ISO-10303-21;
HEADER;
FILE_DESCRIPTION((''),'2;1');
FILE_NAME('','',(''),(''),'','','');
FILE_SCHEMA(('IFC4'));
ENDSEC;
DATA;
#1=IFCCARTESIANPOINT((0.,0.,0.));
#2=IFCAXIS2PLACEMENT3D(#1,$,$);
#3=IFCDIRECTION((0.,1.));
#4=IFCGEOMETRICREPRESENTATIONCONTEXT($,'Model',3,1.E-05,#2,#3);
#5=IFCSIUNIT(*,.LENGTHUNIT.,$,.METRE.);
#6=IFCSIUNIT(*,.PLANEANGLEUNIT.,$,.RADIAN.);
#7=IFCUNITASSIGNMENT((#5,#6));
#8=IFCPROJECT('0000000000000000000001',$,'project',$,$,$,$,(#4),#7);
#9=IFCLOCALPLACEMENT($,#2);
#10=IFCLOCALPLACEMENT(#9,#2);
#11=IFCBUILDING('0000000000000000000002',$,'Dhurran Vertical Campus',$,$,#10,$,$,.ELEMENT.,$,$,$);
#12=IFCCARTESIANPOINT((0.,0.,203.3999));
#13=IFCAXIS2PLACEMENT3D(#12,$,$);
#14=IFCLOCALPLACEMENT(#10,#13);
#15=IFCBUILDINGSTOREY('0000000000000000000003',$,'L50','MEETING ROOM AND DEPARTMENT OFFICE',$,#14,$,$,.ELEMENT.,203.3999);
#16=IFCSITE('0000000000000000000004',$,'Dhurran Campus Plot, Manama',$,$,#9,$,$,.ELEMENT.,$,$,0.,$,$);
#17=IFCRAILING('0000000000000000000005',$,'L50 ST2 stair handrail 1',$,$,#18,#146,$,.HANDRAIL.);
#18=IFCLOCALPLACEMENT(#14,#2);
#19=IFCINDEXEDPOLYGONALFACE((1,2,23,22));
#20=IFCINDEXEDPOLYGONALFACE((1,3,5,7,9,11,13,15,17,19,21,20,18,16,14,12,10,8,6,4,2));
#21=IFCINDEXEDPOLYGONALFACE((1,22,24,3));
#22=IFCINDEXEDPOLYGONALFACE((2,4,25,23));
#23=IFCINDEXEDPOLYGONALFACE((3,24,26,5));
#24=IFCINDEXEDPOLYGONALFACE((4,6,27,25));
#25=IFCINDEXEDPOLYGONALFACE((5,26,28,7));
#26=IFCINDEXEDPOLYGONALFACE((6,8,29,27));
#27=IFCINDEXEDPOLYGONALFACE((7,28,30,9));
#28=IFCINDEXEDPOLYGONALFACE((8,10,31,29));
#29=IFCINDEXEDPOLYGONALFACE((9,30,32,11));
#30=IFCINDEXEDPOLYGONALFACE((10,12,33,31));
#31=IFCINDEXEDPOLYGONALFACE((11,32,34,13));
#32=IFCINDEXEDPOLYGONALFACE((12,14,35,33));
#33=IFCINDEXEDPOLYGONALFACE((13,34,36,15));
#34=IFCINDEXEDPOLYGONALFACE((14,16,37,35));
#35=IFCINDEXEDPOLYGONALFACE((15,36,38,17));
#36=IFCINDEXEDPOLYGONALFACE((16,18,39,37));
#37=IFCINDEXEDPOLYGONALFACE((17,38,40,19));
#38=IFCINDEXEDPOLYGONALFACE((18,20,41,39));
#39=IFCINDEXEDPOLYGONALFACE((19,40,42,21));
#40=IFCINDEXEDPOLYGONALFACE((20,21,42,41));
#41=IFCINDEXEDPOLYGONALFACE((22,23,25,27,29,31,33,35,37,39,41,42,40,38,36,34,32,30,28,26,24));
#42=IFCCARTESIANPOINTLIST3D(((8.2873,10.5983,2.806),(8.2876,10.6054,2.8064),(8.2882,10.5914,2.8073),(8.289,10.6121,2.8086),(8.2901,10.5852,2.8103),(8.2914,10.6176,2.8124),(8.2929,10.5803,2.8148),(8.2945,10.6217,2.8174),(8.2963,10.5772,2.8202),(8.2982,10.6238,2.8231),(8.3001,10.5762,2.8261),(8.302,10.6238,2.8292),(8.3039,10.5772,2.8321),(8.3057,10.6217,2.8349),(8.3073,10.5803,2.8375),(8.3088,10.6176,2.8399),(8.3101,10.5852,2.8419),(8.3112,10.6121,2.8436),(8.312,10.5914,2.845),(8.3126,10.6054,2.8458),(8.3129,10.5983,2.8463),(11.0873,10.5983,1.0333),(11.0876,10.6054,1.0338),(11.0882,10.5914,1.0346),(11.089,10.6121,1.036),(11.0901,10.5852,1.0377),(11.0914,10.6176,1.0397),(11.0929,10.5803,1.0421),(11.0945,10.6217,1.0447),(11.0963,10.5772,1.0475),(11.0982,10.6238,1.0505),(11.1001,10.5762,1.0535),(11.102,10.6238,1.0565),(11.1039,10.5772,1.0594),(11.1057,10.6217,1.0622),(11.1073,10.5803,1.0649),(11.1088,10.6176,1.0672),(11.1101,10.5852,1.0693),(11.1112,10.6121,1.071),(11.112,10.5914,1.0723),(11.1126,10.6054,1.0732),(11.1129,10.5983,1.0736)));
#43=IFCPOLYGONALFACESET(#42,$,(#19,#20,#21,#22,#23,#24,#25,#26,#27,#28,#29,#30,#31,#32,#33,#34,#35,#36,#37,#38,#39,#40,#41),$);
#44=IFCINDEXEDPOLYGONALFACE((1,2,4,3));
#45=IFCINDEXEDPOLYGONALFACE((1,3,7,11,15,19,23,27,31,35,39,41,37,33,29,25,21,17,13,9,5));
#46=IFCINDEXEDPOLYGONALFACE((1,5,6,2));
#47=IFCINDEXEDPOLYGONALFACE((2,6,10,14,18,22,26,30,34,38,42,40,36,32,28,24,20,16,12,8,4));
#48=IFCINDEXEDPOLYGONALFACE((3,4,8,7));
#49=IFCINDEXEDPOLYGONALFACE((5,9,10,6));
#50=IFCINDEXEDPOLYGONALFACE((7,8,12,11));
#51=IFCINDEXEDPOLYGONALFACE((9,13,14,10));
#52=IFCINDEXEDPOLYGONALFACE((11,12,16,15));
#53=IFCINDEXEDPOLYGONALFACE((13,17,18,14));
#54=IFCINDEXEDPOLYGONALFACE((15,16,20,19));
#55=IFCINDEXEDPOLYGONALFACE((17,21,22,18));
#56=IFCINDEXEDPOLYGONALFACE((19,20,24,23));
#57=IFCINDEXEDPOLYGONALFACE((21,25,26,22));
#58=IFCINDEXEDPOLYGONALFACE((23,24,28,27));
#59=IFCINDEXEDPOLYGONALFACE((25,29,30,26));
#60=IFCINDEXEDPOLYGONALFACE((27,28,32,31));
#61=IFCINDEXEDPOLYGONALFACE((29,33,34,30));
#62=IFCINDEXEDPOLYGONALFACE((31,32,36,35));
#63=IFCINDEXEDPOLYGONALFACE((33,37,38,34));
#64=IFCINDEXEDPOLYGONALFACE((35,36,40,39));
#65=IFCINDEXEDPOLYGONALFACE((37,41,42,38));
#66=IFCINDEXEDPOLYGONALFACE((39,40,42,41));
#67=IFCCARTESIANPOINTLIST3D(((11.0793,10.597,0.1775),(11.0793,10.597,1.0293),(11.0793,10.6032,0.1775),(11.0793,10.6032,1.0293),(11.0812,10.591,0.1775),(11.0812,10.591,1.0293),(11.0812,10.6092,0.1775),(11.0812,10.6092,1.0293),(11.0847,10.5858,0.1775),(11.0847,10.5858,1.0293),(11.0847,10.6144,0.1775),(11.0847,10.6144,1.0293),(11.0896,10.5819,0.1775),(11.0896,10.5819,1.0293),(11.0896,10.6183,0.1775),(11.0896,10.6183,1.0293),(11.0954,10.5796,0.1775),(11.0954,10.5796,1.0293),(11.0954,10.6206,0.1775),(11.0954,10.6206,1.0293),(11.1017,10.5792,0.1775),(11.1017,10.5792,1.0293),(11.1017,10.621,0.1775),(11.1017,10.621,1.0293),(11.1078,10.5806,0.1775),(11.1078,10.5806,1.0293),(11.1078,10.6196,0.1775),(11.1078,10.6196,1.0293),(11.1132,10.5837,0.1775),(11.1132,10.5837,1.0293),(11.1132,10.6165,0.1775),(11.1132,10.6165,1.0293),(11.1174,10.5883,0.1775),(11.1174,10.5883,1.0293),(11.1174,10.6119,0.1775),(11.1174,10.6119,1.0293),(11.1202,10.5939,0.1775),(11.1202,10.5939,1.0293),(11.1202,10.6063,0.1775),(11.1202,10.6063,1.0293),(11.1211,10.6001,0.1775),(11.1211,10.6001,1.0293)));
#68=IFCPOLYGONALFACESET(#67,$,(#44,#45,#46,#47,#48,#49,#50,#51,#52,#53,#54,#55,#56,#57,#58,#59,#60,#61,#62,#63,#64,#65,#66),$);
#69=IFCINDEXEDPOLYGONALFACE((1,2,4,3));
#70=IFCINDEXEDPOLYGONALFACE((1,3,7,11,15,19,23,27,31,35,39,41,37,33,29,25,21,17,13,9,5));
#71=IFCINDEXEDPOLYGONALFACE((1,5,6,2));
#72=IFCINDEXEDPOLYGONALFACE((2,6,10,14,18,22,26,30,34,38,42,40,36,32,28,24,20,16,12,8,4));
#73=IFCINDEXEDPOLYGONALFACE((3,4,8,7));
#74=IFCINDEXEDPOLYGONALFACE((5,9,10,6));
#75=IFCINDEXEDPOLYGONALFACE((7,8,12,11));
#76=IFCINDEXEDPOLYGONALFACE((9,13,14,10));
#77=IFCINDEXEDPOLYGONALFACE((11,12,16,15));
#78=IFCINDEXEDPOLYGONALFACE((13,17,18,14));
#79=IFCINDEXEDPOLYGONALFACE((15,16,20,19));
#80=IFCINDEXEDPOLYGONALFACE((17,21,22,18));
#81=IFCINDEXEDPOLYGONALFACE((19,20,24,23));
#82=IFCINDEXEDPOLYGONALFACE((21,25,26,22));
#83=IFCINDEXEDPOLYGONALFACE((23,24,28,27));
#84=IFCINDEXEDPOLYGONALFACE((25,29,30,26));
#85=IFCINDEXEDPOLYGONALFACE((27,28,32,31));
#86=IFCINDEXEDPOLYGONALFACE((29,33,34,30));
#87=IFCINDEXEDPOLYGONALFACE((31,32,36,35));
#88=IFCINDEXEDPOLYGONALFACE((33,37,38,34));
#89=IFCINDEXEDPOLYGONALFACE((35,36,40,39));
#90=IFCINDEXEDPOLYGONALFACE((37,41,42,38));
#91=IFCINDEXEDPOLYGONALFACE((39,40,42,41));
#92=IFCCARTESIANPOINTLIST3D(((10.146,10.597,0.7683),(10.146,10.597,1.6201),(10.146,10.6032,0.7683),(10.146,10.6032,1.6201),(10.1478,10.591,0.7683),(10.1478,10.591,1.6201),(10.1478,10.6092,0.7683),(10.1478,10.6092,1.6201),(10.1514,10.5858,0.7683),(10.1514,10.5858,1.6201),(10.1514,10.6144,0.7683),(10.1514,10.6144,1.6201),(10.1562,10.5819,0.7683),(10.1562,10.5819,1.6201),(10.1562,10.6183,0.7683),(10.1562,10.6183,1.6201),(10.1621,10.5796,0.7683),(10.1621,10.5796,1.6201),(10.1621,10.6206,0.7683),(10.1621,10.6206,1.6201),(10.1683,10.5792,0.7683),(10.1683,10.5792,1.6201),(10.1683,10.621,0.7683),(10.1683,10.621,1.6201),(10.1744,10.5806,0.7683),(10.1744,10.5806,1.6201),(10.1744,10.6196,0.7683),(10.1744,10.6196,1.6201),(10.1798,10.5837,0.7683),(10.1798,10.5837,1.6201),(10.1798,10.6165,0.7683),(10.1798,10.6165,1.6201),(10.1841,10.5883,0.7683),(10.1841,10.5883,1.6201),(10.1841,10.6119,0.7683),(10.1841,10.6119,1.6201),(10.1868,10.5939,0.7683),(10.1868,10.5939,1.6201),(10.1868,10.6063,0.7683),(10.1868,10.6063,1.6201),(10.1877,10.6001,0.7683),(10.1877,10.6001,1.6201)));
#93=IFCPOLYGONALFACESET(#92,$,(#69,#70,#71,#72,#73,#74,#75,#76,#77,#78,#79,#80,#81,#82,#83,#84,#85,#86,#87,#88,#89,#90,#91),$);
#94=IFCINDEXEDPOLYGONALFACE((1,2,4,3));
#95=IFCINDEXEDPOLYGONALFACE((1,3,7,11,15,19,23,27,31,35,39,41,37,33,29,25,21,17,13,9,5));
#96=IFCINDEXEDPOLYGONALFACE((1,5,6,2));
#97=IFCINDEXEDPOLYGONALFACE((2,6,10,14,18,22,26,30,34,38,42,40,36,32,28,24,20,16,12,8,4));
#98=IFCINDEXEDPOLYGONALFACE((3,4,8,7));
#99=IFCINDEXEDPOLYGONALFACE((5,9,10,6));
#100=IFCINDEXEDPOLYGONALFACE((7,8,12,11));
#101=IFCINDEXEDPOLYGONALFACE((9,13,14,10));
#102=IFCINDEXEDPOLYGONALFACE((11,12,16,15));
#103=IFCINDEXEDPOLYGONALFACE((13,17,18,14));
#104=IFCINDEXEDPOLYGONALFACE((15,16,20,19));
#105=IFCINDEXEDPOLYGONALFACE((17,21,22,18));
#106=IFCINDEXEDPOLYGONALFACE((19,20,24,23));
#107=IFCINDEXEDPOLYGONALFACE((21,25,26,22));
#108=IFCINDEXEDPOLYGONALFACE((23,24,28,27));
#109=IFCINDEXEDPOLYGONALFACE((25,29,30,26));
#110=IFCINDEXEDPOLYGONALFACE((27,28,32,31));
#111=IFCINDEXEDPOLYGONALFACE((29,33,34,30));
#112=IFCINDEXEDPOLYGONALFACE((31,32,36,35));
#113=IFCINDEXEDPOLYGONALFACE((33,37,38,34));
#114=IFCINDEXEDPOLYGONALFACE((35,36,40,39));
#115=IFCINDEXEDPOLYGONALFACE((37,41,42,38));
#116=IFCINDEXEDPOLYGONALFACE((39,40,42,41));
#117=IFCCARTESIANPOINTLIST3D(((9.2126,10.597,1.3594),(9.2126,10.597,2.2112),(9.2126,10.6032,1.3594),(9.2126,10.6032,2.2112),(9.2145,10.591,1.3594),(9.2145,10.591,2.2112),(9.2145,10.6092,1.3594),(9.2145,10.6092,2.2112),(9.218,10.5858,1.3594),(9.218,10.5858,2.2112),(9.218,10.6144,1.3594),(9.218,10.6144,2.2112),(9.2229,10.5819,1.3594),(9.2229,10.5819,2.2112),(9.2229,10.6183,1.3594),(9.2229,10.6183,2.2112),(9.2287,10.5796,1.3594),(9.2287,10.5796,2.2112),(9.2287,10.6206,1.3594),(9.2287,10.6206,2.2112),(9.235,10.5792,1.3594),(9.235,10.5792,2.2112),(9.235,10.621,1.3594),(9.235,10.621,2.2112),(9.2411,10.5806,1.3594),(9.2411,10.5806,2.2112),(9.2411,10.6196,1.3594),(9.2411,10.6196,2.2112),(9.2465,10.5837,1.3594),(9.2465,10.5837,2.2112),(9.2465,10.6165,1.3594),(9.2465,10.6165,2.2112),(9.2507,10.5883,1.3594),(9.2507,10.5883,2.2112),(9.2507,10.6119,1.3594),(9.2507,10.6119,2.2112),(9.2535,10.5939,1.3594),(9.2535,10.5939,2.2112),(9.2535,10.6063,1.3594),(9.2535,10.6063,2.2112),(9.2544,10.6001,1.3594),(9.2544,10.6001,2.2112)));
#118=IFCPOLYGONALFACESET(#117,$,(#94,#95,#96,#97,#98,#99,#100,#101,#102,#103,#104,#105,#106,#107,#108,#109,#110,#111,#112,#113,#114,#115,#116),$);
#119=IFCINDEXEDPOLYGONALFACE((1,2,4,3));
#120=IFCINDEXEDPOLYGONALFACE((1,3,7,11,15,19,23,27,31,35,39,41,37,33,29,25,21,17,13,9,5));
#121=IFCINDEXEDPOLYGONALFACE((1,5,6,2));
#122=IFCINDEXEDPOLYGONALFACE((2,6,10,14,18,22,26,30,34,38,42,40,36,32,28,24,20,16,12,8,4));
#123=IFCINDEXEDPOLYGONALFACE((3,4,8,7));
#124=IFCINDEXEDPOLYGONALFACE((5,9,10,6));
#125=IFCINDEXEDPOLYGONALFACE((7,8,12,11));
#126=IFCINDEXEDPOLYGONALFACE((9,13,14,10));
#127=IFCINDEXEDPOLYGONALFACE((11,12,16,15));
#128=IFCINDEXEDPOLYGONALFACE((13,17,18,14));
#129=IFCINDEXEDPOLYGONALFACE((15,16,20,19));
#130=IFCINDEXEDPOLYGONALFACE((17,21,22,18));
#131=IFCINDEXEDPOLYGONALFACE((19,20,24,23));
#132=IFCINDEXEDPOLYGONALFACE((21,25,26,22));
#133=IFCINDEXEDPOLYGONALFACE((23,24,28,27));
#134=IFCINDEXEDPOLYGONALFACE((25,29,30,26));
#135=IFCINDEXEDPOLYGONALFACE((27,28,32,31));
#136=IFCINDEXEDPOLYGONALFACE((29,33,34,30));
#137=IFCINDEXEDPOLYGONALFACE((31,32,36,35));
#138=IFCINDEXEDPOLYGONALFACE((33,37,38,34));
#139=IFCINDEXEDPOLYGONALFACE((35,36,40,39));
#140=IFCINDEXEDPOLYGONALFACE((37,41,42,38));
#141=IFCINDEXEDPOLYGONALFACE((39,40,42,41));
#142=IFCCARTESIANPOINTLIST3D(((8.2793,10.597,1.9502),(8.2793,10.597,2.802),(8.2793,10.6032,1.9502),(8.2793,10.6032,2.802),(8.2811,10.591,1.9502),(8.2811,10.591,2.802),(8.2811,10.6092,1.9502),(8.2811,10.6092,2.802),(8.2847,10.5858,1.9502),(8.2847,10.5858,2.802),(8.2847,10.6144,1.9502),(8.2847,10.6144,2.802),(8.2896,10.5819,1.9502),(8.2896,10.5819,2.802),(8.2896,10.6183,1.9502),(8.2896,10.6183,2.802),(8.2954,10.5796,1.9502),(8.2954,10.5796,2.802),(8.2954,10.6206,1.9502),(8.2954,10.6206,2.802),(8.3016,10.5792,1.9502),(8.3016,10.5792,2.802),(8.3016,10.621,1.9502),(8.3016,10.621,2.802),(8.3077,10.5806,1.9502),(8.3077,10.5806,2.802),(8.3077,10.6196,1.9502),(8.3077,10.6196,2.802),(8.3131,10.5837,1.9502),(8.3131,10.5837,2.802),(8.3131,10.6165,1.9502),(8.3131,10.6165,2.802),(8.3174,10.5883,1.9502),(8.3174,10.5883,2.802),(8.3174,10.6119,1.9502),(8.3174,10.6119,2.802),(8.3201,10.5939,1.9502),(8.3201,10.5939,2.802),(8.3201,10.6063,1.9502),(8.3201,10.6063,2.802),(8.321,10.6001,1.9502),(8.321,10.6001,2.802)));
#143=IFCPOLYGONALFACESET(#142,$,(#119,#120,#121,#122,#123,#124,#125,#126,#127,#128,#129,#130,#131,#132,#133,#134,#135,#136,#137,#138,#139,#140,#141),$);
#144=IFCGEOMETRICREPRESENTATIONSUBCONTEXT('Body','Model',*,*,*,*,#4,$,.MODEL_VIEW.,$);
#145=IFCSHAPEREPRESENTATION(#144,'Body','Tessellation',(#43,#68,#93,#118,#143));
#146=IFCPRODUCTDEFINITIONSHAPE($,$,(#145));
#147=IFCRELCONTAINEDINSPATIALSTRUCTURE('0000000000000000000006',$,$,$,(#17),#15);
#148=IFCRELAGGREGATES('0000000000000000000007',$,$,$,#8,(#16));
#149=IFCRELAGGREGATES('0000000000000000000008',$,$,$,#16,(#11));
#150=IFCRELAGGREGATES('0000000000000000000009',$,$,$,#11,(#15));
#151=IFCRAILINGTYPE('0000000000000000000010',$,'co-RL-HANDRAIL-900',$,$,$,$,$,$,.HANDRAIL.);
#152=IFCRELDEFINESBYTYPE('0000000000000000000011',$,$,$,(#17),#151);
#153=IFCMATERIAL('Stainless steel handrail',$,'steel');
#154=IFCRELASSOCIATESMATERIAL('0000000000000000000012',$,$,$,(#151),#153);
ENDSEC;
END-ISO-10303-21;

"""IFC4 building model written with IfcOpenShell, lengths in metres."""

from ifc_helpers import new_model, si_unit, direction, frame, origin, origin_2d, place, context, subcontext, project, spatial, circle, extrude, material, type_object, element, save


model = new_model("IFC4")

# Units and contexts
model_context = context("Model", 3, precision=1e-05, world=origin(), true_north=direction((0.0, 1.0)))
body_context = subcontext(model_context, "Body", "Model", "MODEL_VIEW")
ifc_project = project(units=[si_unit("LENGTHUNIT", "METRE"), si_unit("PLANEANGLEUNIT", "RADIAN")], contexts=[model_context])

# Site, building, storey
site_placement = place(None, origin())
site = spatial("IfcSite", under=ifc_project, at=site_placement, Name="Dhurran Campus Plot, Manama", CompositionType="ELEMENT", RefElevation=0.0)
building_placement = place(site_placement, origin())
building = spatial("IfcBuilding", under=site, at=building_placement, Name="Dhurran Vertical Campus", CompositionType="ELEMENT")
storey_placement = place(building_placement, frame((0.0, 0.0, 203.3999)))
storey = spatial("IfcBuildingStorey", under=building, at=storey_placement, Name="L50", Description="MEETING ROOM AND DEPARTMENT OFFICE", CompositionType="ELEMENT", Elevation=203.3999)

# Railing
ifc_material_1 = material(Name="Stainless steel handrail", Category="steel")
railing_type_1 = type_object("IfcRailingType", Name="co-RL-HANDRAIL-900", PredefinedType="HANDRAIL", material=ifc_material_1)
railing_1_placement = place(storey_placement, frame((11.1001, 10.6001, 0.1775)))
element("IfcRailing", 1, at=railing_1_placement, inside=storey, type_object=railing_type_1, Name="L50 ST2 stair handrail 1", PredefinedType="HANDRAIL", context=body_context, shape_type="SweptSolid", body=[
    extrude(circle(Radius=0.0239, at=origin_2d()), frame((0.0, 0.0, 0.876), z_axis=(-0.844909, 0.0, 0.53491), x_axis=(0.0, -1.0, 0.0)), (0.0, 0.0, 1.0), 3.314),
    extrude(circle(Radius=0.021, at=origin_2d()), origin(), (0.0, 0.0, 1.0), 0.8518),
    extrude(circle(Radius=0.021, at=origin_2d()), frame((-0.9333, 0.0, 0.5908)), (0.0, 0.0, 1.0), 0.8518),
    extrude(circle(Radius=0.021, at=origin_2d()), frame((-1.8667, 0.0, 1.1819)), (0.0, 0.0, 1.0), 0.8518),
    extrude(circle(Radius=0.021, at=origin_2d()), frame((-2.8, 0.0, 1.7727)), (0.0, 0.0, 1.0), 0.8518),
])

save(model, "model.ifc")
